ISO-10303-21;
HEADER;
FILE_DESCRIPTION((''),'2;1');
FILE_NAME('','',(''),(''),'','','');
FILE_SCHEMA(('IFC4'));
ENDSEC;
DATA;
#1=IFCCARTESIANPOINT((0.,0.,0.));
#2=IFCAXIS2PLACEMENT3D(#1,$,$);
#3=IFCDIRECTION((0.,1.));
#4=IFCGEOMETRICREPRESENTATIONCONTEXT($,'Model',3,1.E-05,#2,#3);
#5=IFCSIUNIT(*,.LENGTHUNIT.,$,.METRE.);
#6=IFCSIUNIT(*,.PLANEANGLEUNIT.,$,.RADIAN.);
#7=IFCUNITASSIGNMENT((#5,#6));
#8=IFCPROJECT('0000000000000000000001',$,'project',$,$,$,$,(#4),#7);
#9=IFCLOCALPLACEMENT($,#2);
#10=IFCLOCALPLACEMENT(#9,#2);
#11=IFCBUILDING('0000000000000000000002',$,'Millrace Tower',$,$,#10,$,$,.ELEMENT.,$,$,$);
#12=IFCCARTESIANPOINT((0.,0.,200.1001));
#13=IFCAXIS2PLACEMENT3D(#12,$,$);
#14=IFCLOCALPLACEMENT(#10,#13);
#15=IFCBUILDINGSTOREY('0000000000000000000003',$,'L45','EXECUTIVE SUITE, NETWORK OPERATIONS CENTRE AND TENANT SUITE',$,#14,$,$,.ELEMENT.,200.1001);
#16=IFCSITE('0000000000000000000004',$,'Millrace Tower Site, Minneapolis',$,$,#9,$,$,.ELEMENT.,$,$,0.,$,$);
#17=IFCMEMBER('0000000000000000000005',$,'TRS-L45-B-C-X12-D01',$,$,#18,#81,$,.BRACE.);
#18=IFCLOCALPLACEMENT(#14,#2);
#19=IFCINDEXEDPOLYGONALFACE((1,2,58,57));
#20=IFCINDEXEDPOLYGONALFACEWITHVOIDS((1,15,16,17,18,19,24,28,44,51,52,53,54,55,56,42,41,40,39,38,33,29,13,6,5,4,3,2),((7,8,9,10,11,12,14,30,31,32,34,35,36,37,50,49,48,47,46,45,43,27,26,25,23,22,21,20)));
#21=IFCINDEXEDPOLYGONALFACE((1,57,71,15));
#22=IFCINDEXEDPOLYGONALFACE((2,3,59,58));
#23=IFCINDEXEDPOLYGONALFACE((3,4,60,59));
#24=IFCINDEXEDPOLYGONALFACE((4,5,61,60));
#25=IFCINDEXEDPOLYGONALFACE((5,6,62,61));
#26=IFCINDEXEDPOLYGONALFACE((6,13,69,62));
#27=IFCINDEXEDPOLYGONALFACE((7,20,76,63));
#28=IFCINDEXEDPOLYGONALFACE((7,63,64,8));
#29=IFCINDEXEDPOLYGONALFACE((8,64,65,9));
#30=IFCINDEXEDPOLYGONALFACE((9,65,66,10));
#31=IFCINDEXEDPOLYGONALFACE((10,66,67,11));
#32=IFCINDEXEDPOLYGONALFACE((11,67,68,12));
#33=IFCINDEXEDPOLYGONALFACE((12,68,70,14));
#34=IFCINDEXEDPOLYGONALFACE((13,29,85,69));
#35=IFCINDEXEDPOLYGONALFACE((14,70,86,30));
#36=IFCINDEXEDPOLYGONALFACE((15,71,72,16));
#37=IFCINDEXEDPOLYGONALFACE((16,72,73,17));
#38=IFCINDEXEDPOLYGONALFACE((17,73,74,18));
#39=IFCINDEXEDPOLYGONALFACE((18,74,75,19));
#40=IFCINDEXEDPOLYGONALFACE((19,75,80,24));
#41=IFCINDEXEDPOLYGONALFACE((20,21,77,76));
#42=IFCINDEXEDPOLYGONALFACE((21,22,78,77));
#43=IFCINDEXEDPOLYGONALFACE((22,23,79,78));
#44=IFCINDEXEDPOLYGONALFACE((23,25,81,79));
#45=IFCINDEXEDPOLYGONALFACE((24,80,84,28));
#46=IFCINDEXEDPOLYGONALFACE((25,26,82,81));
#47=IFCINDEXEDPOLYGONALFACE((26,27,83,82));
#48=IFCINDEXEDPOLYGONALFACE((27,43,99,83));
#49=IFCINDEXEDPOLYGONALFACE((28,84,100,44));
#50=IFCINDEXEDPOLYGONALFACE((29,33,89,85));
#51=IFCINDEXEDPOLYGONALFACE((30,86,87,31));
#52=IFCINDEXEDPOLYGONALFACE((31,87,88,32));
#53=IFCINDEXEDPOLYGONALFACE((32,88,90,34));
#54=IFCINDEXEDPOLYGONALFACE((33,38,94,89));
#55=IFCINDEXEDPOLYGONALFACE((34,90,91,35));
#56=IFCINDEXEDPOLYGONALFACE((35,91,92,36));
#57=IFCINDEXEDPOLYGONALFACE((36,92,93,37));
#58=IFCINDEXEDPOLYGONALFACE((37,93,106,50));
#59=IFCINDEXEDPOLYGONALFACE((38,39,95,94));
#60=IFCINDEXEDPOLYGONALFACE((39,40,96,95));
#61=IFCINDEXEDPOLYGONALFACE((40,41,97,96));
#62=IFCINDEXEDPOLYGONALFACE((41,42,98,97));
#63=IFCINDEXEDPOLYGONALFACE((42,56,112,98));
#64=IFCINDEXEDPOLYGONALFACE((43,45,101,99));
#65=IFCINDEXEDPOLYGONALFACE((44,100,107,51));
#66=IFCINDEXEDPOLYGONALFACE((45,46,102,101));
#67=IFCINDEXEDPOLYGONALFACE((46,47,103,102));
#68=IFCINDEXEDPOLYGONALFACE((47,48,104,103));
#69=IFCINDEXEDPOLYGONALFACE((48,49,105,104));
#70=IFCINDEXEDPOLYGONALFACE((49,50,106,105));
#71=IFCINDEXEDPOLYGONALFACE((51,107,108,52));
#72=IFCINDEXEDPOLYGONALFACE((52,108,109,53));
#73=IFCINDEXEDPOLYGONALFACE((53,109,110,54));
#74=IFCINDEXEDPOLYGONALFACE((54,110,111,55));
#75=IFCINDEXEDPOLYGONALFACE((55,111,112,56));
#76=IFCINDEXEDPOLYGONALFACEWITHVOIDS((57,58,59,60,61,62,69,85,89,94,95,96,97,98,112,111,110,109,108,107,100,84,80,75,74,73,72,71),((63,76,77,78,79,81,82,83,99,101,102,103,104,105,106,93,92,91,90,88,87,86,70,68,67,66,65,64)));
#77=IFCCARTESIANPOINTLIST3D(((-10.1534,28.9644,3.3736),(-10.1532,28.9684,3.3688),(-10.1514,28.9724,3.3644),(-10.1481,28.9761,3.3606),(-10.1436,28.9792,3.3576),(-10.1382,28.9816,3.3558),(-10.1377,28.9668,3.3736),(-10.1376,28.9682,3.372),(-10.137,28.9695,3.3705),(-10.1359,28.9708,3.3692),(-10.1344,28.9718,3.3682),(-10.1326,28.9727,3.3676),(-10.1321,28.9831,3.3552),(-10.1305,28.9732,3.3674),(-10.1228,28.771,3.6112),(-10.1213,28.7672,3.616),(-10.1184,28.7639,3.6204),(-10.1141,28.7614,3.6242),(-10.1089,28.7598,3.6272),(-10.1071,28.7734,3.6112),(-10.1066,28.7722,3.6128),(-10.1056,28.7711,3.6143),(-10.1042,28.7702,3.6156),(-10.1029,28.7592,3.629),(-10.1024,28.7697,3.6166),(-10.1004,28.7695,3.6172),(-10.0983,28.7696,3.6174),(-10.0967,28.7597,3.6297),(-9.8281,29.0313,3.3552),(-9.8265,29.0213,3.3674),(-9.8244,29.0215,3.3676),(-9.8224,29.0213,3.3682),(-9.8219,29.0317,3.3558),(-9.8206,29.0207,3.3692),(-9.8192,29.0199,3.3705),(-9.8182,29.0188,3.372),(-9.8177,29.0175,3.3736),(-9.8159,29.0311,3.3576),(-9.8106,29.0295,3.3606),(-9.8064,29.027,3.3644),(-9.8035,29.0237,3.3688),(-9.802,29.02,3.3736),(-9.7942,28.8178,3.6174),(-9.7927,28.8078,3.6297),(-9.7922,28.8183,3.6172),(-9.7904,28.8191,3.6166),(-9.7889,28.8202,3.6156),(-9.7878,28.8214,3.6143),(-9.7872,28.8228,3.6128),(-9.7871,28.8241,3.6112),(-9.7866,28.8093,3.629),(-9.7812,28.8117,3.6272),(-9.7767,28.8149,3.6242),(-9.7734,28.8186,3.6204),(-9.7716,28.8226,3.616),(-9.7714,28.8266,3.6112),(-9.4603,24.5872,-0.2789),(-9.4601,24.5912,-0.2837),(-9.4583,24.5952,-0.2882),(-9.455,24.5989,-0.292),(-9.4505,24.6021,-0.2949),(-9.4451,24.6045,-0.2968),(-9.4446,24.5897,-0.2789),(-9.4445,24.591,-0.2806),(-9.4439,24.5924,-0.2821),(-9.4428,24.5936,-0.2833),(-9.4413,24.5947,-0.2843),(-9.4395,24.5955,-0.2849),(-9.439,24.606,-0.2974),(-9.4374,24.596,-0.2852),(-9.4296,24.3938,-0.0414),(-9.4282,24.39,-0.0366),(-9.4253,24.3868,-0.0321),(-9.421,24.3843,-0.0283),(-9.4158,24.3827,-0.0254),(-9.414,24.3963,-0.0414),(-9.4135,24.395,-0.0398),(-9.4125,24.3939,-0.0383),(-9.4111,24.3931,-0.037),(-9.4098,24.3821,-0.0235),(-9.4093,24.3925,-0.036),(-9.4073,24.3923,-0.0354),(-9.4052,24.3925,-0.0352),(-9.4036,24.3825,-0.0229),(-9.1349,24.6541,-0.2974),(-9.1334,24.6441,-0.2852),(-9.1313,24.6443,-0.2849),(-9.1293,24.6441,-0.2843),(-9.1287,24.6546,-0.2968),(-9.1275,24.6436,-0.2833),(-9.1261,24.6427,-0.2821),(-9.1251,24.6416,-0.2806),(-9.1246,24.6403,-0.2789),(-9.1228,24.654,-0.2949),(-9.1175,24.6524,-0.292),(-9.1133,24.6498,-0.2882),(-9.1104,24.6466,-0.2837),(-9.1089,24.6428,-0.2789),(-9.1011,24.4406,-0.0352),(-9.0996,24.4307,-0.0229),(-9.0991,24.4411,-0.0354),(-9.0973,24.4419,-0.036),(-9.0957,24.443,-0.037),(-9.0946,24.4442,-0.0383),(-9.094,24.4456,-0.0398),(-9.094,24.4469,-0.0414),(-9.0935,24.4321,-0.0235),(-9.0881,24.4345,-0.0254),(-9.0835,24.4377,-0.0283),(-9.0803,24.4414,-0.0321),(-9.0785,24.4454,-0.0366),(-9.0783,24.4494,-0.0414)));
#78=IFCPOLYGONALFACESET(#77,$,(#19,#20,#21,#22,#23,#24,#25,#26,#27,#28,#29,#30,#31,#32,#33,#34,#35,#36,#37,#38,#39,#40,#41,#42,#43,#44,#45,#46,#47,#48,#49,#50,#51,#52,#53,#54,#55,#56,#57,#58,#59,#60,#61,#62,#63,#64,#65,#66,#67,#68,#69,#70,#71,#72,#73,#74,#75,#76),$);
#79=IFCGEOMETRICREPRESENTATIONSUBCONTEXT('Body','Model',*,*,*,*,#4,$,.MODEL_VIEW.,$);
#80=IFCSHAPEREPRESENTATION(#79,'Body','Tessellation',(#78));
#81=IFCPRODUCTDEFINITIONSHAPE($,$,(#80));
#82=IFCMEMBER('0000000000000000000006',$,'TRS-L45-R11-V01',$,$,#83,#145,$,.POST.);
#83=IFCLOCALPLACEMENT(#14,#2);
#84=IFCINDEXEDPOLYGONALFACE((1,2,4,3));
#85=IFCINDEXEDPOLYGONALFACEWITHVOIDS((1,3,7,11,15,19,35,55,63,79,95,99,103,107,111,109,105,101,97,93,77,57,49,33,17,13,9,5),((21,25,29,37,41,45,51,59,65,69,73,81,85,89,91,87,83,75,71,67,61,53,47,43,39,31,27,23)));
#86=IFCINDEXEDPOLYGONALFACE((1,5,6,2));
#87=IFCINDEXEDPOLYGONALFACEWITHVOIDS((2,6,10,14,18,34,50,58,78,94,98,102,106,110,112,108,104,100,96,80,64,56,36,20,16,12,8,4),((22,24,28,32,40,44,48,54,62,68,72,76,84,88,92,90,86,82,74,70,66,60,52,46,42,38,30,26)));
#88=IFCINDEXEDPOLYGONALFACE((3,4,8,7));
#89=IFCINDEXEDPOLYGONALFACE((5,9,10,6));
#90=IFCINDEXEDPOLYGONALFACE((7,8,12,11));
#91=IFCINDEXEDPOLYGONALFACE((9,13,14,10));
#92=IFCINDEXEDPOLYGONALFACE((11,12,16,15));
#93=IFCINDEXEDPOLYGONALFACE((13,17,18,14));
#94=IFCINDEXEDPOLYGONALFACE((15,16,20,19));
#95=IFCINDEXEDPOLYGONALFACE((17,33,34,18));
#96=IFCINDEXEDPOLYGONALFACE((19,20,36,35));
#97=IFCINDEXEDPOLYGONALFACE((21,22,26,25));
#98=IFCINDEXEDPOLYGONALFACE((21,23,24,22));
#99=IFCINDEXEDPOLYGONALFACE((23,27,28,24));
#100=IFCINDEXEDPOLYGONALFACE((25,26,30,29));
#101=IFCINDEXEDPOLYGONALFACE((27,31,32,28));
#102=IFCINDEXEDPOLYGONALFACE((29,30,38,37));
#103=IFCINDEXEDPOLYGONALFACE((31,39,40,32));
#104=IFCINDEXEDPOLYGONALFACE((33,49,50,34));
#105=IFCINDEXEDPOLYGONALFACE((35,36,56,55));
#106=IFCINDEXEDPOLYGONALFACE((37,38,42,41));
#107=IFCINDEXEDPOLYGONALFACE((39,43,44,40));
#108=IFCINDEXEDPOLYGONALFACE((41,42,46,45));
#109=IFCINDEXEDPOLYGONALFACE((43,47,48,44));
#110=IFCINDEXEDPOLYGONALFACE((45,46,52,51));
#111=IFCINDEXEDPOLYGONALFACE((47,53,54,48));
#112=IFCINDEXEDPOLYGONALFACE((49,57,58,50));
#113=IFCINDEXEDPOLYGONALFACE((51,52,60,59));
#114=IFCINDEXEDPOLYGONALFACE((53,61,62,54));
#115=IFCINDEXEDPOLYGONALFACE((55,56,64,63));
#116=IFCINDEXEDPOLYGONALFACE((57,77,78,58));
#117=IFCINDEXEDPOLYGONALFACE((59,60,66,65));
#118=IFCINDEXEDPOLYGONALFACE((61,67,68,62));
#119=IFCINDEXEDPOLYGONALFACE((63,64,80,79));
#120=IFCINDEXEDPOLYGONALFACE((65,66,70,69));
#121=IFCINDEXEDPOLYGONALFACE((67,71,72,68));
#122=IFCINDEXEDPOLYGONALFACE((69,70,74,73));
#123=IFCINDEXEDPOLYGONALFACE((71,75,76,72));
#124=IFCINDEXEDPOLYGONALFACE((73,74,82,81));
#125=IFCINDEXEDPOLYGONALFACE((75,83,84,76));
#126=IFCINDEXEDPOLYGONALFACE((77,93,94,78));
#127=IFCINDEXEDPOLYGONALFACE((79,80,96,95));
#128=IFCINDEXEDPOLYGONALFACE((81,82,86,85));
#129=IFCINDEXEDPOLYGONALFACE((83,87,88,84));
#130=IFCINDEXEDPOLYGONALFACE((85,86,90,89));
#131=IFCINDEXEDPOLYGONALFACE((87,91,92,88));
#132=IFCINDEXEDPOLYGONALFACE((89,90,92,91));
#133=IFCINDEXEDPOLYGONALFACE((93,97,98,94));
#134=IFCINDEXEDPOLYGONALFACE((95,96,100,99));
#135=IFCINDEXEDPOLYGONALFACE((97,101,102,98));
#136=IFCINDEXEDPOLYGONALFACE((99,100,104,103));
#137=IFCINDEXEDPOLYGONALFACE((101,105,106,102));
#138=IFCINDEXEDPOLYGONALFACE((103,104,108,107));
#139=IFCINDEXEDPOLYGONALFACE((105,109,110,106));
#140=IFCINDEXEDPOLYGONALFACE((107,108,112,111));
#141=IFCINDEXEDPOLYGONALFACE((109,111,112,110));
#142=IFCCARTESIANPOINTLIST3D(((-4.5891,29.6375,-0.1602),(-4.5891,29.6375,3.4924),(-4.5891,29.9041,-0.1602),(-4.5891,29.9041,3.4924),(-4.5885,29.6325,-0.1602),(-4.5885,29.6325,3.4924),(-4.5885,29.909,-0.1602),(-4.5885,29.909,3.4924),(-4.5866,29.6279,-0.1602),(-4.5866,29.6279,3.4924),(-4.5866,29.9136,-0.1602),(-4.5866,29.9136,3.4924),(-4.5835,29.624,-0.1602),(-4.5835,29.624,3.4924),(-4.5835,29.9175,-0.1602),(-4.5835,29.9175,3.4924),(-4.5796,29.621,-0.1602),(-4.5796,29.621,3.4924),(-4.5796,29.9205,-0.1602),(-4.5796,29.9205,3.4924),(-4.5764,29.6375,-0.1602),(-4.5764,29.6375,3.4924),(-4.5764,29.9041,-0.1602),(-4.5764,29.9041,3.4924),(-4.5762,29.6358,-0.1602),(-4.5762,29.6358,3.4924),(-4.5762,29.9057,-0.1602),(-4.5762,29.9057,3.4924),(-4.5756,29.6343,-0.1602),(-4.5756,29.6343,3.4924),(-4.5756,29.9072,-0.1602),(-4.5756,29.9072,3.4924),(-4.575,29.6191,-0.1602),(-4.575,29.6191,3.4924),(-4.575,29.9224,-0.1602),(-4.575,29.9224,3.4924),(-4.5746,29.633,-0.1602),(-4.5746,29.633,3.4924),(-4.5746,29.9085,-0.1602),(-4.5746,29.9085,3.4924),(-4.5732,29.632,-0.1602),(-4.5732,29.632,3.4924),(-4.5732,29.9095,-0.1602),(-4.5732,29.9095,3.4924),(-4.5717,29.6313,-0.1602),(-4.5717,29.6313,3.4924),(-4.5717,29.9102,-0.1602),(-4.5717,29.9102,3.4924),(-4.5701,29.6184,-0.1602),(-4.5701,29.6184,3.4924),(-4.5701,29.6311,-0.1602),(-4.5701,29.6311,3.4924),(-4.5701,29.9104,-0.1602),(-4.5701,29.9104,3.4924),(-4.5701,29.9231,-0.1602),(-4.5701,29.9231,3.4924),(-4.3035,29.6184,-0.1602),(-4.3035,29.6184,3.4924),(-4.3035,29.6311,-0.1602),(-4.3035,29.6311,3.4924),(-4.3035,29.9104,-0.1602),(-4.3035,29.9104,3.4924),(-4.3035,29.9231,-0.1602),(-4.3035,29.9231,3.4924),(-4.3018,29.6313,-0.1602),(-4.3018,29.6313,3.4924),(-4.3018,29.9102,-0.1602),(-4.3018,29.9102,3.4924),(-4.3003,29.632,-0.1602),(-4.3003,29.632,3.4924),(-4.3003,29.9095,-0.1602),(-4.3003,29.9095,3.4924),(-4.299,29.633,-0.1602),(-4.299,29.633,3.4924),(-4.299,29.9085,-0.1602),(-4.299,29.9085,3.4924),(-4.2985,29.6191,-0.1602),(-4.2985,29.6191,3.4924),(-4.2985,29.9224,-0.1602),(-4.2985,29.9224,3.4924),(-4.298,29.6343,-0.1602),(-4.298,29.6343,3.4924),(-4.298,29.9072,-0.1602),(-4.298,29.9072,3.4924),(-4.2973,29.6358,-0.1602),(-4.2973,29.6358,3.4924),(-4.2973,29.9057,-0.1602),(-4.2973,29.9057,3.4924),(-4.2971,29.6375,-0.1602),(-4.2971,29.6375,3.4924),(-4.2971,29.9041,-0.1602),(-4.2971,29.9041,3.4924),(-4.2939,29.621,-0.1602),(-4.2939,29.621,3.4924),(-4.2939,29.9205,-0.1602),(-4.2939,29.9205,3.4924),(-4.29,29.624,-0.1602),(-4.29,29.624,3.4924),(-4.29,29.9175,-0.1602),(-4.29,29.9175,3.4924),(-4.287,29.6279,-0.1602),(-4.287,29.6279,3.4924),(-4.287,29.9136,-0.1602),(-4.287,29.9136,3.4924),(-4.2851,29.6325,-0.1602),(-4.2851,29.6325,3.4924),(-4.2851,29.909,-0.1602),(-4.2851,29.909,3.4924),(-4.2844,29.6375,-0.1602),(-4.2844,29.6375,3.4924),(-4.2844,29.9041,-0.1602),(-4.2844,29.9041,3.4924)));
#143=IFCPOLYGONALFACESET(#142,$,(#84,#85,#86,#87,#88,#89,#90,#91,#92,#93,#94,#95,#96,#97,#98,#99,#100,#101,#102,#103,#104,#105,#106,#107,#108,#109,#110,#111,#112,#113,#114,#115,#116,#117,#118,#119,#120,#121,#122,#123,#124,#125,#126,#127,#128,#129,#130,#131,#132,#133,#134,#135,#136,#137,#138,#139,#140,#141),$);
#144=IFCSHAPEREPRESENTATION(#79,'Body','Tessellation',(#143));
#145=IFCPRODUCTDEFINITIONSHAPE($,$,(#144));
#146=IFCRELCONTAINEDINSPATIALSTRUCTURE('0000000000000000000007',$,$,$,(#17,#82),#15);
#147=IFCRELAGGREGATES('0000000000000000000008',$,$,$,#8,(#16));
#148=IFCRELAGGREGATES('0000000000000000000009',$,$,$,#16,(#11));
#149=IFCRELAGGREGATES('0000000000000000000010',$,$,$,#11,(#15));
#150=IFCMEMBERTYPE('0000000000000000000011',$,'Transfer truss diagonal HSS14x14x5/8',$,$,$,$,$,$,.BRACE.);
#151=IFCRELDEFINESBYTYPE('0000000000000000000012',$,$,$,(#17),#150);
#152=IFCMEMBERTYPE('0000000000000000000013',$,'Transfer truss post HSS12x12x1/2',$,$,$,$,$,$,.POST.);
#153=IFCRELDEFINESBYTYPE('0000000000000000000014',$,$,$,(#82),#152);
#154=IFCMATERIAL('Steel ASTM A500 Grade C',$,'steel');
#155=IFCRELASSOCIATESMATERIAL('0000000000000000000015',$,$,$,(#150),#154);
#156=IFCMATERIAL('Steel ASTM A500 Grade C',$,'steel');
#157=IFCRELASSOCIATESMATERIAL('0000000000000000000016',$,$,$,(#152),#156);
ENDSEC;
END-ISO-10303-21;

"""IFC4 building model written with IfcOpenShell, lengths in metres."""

from ifc_helpers import new_model, si_unit, direction, frame, origin, origin_2d, place, context, subcontext, project, spatial, hollow_rectangle, extrude, material, material_profile, profile_set, type_object, element, save


model = new_model("IFC4")

# Units and contexts
model_context = context("Model", 3, precision=1e-05, world=origin(), true_north=direction((0.0, 1.0)))
body_context = subcontext(model_context, "Body", "Model", "MODEL_VIEW")
ifc_project = project(units=[si_unit("LENGTHUNIT", "METRE"), si_unit("PLANEANGLEUNIT", "RADIAN")], contexts=[model_context])

# Site, building, storey
site_placement = place(None, origin())
site = spatial("IfcSite", under=ifc_project, at=site_placement, Name="Millrace Tower Site, Minneapolis", CompositionType="ELEMENT", RefElevation=0.0)
building_placement = place(site_placement, origin())
building = spatial("IfcBuilding", under=site, at=building_placement, Name="Millrace Tower", CompositionType="ELEMENT")
storey_placement = place(building_placement, frame((0.0, 0.0, 200.1001)))
storey = spatial("IfcBuildingStorey", under=building, at=storey_placement, Name="L45", Description="EXECUTIVE SUITE, NETWORK OPERATIONS CENTRE AND TENANT SUITE", CompositionType="ELEMENT", Elevation=200.1001)

# Members
ifc_material_1 = material(Name="Steel ASTM A500 Grade C", Category="steel")
ifc_material_profile_1 = material_profile(ifc_material_1, hollow_rectangle(XDim=0.3557, YDim=0.3557, WallThickness=0.0159, InnerFilletRadius=0.0081, OuterFilletRadius=0.0239, at=origin_2d()))
ifc_profile_set_1 = profile_set([ifc_material_profile_1], Name="Steel ASTM A500 Grade C")
member_type_1 = type_object("IfcMemberType", Name="Transfer truss diagonal HSS14x14x5/8", PredefinedType="BRACE", material=ifc_profile_set_1)
member_1_placement = place(storey_placement, frame((-9.2693, 24.5183, -0.1602), z_axis=(-0.120689, 0.762184, 0.636011), x_axis=(-0.987694, -0.156398, 0.0)))
element("IfcMember", 1, at=member_1_placement, inside=storey, type_object=member_type_1, Name="TRS-L45-B-C-X12-D01", PredefinedType="BRACE", context=body_context, shape_type="SweptSolid", body=[
    extrude(hollow_rectangle(XDim=0.3557, YDim=0.3557, WallThickness=0.0159, InnerFilletRadius=0.0081, OuterFilletRadius=0.0239, at=origin_2d()), origin(), (0.0, 0.0, 1.0), 5.7429),
])
ifc_material_2 = material(Name="Steel ASTM A500 Grade C", Category="steel")
ifc_material_profile_2 = material_profile(ifc_material_2, hollow_rectangle(XDim=0.3047, YDim=0.3047, WallThickness=0.0127, InnerFilletRadius=0.0063, OuterFilletRadius=0.019, at=origin_2d()))
ifc_profile_set_2 = profile_set([ifc_material_profile_2], Name="Steel ASTM A500 Grade C")
member_type_2 = type_object("IfcMemberType", Name="Transfer truss post HSS12x12x1/2", PredefinedType="POST", material=ifc_profile_set_2)
for number, where, z_axis, x_axis, name in (
    (2, (-4.4368, 29.7708, -0.1602), (0.0, 0.0, 1.0), (1.0, 0.0, 0.0), "TRS-L45-R11-V01"),
):
    element("IfcMember", number, at=place(storey_placement, frame(where, z_axis=z_axis, x_axis=x_axis)), inside=storey, type_object=member_type_2, Name=name, PredefinedType="POST", context=body_context, shape_type="SweptSolid", body=[
        extrude(hollow_rectangle(XDim=0.3047, YDim=0.3047, WallThickness=0.0127, InnerFilletRadius=0.0063, OuterFilletRadius=0.019, at=origin_2d()), origin(), (0.0, 0.0, 1.0), 3.6526),
    ])

save(model, "model.ifc")
